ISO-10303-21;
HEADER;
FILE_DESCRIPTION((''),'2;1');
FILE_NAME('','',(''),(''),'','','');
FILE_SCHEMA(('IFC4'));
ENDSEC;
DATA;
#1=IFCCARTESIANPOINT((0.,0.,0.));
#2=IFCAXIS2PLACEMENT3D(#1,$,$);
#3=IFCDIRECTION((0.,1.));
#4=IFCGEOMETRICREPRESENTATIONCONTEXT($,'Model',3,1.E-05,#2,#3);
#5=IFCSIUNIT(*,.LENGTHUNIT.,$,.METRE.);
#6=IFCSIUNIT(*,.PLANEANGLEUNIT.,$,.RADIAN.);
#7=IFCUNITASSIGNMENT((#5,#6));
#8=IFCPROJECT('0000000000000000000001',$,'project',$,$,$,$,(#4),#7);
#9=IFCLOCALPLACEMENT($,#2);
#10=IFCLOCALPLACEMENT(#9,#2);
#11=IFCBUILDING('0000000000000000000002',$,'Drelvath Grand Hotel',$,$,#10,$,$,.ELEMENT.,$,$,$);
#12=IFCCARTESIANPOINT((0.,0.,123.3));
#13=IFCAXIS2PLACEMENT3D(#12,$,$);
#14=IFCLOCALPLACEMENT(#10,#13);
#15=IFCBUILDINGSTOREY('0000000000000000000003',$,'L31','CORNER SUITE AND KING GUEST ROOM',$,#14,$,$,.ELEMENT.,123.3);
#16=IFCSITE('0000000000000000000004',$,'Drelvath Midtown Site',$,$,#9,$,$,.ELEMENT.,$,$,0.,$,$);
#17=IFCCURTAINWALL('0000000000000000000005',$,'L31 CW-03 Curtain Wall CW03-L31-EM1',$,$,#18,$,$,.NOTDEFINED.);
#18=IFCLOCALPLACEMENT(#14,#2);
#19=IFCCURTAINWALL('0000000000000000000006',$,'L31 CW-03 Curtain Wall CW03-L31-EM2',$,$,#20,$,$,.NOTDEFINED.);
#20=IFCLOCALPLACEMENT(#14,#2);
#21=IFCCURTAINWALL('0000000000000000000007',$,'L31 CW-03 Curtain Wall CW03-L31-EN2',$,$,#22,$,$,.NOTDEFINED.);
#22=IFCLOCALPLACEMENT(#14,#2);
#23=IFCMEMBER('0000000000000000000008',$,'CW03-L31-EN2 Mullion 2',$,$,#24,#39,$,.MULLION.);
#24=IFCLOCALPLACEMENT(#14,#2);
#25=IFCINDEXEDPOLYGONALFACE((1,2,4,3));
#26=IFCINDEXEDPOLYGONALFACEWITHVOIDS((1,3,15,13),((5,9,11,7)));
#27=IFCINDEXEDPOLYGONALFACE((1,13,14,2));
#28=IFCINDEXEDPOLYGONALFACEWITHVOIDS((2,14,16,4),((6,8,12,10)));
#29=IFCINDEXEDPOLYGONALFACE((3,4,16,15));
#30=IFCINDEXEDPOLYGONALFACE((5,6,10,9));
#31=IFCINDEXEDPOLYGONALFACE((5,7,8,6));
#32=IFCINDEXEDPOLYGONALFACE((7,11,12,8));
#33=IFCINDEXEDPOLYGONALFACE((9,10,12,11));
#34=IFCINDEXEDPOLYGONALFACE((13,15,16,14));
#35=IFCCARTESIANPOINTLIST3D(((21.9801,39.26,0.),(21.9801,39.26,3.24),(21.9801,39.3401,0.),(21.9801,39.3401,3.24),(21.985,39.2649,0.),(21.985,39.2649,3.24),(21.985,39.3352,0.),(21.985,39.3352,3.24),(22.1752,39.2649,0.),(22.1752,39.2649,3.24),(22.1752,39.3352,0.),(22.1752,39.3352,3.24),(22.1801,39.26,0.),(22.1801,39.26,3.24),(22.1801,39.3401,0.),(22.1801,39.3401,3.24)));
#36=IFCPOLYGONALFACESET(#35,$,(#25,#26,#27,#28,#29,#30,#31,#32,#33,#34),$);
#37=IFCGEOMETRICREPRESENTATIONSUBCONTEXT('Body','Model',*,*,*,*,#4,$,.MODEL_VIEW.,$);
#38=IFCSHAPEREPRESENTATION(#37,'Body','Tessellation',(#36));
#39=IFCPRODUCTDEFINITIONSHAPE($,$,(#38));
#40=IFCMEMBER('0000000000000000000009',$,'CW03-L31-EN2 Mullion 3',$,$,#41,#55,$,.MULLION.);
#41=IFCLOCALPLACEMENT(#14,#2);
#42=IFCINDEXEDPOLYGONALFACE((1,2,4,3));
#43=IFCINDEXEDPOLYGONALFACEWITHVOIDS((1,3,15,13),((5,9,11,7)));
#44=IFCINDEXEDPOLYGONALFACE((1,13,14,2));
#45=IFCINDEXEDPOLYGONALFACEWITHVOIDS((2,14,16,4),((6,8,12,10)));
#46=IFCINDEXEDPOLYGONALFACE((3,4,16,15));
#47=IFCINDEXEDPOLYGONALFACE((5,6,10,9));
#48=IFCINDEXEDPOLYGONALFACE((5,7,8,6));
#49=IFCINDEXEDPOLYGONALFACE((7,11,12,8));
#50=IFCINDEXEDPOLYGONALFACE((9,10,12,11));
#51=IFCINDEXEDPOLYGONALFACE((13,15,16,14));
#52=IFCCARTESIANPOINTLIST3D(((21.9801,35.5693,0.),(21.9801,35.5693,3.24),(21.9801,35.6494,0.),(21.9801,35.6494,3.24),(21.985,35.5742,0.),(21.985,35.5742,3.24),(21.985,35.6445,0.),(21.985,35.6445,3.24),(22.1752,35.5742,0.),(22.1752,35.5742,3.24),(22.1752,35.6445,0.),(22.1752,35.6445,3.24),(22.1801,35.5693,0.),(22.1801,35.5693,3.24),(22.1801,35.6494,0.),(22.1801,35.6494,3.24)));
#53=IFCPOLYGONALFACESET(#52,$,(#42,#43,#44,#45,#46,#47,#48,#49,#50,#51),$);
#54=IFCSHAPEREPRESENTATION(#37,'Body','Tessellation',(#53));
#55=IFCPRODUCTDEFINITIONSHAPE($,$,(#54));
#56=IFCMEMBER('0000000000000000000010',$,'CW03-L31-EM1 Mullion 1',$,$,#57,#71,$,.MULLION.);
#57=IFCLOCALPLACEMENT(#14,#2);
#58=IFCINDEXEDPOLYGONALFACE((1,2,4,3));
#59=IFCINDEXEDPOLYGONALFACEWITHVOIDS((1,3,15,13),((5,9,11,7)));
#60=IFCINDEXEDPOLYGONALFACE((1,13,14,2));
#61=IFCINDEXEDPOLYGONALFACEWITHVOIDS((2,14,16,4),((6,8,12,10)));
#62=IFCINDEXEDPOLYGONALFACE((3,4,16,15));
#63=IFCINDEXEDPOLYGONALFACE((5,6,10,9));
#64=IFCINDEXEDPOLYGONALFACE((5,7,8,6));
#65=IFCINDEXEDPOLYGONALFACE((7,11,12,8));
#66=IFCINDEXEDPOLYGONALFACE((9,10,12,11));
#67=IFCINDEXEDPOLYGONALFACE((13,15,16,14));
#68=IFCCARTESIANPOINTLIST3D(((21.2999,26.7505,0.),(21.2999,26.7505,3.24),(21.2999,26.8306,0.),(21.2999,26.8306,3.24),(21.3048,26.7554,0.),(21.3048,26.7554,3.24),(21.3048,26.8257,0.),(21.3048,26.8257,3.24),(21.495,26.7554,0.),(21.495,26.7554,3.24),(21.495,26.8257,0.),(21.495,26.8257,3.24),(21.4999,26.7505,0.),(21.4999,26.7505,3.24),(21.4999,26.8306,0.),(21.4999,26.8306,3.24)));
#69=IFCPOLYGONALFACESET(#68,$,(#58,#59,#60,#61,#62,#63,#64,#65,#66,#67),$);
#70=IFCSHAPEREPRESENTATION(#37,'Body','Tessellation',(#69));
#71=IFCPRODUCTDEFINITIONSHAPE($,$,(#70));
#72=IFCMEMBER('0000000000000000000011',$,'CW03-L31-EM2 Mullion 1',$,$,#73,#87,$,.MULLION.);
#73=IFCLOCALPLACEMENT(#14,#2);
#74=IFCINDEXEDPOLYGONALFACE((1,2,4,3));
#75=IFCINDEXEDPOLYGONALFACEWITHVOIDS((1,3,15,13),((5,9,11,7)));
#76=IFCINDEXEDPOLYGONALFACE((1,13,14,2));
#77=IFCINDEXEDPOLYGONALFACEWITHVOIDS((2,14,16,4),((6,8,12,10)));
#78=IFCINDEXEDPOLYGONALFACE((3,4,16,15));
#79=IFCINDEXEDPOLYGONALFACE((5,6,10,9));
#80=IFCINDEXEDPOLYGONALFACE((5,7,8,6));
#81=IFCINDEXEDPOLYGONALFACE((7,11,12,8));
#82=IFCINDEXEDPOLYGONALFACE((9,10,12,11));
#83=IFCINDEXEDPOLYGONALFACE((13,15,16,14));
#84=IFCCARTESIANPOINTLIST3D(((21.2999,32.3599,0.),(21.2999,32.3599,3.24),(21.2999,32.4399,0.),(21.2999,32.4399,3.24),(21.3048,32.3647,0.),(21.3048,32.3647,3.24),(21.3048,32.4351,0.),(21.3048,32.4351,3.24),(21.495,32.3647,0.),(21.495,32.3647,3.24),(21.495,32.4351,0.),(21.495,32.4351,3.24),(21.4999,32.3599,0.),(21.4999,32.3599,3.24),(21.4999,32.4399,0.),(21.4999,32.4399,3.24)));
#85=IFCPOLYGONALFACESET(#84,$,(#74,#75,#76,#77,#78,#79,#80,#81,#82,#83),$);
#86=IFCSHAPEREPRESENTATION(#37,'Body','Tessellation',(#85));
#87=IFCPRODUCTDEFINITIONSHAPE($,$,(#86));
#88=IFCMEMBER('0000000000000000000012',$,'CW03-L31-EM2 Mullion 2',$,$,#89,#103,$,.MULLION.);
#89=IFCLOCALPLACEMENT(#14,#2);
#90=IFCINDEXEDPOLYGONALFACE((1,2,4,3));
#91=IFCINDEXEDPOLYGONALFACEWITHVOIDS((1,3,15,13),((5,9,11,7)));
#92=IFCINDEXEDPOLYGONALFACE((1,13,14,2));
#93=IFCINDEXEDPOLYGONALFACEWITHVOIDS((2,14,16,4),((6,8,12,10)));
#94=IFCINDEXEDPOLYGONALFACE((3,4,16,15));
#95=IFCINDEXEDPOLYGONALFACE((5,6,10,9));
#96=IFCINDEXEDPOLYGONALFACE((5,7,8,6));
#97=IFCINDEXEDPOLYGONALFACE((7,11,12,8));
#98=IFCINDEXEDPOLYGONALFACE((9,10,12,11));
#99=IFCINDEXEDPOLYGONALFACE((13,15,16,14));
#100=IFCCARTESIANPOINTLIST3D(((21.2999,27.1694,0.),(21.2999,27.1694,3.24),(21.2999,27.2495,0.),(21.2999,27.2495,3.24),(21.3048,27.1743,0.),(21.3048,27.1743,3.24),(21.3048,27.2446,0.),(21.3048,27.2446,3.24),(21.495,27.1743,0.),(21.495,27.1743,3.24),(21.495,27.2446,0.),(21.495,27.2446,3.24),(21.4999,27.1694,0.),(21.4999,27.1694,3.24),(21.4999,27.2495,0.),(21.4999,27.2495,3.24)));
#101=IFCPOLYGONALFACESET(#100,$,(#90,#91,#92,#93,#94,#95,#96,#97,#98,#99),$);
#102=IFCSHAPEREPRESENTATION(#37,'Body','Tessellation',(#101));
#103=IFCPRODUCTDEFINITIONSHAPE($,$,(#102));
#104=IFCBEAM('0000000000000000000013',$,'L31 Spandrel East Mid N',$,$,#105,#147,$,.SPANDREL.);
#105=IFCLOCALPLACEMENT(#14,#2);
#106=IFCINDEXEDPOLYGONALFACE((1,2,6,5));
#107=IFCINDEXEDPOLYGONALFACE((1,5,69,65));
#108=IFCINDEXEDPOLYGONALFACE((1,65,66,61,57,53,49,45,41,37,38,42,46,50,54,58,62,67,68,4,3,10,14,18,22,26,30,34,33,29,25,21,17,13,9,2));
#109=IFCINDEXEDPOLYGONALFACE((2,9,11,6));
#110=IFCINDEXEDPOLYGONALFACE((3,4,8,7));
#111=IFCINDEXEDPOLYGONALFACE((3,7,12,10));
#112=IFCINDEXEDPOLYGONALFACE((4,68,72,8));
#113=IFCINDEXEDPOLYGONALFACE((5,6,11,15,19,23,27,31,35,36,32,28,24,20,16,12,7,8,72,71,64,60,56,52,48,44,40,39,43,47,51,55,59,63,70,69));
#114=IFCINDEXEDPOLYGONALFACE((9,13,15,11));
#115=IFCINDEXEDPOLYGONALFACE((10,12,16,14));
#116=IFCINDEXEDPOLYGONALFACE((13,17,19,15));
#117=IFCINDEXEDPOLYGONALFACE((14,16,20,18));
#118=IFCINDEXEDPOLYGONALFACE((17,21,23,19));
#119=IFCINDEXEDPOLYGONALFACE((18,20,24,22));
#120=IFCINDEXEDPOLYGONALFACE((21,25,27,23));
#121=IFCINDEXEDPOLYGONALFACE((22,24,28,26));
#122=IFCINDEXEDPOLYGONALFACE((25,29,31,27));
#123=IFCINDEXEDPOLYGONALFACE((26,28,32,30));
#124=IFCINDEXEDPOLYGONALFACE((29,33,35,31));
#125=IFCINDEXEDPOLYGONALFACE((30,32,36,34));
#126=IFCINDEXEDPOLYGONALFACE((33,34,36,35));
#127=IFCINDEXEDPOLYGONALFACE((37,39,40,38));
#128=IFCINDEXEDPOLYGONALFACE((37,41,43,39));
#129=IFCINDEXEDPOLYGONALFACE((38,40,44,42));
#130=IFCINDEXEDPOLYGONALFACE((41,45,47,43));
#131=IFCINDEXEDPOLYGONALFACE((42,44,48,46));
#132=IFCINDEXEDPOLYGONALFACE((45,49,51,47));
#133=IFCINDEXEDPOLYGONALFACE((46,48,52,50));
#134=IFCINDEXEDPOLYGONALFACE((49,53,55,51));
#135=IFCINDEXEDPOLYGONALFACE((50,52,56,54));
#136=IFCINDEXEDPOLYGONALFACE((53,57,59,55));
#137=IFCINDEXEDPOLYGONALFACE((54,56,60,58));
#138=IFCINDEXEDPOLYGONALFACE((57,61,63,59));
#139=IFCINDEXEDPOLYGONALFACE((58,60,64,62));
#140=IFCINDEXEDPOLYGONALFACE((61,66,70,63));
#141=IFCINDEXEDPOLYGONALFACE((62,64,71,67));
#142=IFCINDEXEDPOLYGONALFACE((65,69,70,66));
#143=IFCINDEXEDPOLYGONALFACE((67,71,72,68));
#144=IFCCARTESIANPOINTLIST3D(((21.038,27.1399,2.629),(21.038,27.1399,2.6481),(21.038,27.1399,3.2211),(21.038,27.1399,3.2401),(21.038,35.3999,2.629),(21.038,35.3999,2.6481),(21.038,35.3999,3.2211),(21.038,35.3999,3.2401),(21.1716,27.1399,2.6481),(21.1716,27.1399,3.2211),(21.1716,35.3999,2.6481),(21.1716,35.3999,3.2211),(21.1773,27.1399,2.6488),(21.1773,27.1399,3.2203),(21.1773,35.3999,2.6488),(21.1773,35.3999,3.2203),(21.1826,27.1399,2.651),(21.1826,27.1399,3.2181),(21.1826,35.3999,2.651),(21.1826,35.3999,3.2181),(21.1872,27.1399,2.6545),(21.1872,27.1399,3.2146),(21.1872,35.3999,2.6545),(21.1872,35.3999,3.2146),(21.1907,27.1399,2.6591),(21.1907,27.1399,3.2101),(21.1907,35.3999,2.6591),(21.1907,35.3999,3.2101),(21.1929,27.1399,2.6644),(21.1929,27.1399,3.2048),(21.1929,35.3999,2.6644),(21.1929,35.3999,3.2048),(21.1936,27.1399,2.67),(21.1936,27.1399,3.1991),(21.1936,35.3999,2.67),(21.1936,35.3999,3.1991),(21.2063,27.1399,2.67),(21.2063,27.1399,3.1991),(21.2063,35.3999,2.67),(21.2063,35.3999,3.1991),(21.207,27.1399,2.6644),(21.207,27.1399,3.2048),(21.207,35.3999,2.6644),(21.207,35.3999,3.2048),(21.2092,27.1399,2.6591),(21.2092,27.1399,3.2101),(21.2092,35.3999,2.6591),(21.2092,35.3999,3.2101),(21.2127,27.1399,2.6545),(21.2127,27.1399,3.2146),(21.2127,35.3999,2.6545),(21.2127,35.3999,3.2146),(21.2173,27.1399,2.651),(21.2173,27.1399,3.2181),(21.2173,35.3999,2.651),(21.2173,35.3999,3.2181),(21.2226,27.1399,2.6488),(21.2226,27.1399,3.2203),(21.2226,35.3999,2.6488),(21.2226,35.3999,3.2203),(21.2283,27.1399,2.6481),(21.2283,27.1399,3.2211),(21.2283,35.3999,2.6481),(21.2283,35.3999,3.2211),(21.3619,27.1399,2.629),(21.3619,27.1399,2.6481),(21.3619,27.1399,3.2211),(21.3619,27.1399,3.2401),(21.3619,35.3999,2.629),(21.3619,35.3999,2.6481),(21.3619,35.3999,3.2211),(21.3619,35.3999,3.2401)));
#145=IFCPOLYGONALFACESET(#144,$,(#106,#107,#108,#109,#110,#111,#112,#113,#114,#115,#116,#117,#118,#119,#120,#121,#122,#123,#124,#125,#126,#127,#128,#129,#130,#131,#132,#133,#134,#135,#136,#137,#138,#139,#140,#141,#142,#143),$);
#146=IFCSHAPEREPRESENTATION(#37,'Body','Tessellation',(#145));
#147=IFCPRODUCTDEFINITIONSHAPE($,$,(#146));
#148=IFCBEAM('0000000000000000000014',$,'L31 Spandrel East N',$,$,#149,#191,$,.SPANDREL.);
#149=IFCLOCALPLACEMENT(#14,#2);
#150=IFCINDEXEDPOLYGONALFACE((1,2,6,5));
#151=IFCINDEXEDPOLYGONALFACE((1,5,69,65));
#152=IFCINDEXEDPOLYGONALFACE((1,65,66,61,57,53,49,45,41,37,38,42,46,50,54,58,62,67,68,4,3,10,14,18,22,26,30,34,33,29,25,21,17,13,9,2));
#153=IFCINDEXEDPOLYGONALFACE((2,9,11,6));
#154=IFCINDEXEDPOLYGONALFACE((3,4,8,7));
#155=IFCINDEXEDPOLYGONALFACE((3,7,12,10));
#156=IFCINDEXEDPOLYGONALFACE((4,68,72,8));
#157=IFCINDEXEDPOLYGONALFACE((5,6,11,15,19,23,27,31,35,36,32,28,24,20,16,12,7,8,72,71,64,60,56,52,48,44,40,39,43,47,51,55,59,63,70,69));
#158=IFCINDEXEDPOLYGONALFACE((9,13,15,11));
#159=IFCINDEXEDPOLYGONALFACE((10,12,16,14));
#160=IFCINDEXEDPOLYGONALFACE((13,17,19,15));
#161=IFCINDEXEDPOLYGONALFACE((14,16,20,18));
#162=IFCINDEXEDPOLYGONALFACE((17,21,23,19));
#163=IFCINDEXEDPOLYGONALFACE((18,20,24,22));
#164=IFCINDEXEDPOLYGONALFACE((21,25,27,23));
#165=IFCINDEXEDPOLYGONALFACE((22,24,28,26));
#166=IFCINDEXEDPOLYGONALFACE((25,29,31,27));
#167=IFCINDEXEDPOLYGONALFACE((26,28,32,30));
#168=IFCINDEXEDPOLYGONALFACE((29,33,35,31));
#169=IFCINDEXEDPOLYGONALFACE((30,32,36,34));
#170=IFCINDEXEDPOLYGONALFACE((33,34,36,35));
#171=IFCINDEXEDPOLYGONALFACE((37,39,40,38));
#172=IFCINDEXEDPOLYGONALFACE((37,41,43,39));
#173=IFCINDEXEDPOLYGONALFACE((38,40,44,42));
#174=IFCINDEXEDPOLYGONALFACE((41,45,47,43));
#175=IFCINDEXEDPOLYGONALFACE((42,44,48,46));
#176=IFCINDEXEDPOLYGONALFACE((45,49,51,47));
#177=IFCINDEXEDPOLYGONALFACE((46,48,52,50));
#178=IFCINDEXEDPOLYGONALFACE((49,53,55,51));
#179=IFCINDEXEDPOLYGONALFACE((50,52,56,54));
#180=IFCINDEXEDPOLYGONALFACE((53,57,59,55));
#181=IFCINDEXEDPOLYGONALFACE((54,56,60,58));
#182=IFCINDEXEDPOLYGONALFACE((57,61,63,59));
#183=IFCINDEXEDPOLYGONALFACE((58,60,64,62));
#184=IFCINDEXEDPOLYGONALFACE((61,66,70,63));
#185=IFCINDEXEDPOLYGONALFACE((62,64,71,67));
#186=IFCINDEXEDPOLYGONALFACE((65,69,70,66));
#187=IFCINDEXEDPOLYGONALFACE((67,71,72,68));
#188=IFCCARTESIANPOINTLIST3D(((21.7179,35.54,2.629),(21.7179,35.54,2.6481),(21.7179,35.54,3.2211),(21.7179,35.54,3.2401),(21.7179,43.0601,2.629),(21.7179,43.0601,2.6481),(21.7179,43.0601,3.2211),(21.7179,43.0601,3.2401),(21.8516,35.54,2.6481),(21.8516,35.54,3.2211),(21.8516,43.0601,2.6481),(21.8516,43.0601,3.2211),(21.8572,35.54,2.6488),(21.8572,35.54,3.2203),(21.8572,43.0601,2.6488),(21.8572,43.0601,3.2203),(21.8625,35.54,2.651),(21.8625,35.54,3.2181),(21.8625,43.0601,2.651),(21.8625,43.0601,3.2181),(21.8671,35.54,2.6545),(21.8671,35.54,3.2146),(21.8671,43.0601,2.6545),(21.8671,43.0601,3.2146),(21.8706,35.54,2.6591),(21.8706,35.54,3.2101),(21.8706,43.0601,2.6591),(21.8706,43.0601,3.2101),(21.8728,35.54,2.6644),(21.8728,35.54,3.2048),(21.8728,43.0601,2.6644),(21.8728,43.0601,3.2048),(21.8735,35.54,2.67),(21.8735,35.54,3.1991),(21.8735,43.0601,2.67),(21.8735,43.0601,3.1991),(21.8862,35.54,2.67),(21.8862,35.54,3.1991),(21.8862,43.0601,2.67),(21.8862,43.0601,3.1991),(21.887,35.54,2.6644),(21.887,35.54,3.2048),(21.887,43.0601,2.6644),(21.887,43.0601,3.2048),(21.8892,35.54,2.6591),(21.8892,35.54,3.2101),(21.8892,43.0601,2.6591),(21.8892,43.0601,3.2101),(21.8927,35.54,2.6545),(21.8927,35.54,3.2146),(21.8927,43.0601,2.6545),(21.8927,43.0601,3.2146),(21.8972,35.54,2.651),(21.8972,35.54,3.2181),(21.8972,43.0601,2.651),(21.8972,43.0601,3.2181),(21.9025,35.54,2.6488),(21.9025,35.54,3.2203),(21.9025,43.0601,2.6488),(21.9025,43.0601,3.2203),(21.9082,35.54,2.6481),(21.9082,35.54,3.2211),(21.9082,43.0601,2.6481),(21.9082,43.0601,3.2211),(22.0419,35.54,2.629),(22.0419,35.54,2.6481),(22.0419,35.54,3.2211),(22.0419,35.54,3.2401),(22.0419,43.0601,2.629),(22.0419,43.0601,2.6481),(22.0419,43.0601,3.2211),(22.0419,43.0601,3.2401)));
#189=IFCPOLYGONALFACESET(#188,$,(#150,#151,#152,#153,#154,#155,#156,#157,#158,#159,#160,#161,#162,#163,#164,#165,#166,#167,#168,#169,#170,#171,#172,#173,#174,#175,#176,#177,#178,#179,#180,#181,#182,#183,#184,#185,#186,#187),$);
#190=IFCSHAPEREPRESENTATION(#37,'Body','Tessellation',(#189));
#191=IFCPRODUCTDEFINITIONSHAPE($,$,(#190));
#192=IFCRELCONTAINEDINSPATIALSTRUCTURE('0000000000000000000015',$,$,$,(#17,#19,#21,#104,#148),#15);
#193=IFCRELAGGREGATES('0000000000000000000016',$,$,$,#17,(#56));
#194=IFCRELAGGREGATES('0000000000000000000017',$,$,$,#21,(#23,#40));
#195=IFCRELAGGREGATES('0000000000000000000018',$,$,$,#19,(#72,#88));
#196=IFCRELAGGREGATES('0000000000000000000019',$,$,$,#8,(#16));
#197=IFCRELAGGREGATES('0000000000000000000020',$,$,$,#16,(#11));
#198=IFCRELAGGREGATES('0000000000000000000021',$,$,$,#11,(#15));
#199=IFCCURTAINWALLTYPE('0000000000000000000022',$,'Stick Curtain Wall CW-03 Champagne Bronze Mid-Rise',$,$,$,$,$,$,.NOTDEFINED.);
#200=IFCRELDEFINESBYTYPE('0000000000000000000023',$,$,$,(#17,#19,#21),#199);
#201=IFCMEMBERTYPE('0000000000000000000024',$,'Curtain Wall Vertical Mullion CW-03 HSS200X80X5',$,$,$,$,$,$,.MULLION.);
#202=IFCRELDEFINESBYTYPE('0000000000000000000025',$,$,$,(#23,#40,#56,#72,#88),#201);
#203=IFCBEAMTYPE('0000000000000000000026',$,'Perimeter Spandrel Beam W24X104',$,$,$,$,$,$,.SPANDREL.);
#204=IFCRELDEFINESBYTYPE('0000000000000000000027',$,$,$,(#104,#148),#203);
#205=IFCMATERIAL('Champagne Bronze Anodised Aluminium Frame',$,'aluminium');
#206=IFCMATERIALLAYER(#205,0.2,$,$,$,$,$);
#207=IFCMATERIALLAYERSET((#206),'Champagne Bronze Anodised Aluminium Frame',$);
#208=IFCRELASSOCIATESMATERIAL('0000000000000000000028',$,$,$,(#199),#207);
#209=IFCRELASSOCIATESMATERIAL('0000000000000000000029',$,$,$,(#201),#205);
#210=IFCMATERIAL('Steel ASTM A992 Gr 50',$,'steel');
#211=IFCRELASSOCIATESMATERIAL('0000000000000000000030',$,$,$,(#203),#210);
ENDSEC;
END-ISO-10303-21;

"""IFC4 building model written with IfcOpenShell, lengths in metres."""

from ifc_helpers import new_model, si_unit, direction, frame, origin, origin_2d, place, context, subcontext, project, spatial, hollow_rectangle, i_section, extrude, material, layer, layer_set, material_profile, profile_set, type_object, element, aggregate, save


model = new_model("IFC4")

# Units and contexts
model_context = context("Model", 3, precision=1e-05, world=origin(), true_north=direction((0.0, 1.0)))
body_context = subcontext(model_context, "Body", "Model", "MODEL_VIEW")
ifc_project = project(units=[si_unit("LENGTHUNIT", "METRE"), si_unit("PLANEANGLEUNIT", "RADIAN")], contexts=[model_context])

# Site, building, storey
site_placement = place(None, origin())
site = spatial("IfcSite", under=ifc_project, at=site_placement, Name="Drelvath Midtown Site", CompositionType="ELEMENT", RefElevation=0.0)
building_placement = place(site_placement, origin())
building = spatial("IfcBuilding", under=site, at=building_placement, Name="Drelvath Grand Hotel", CompositionType="ELEMENT")
storey_placement = place(building_placement, frame((0.0, 0.0, 123.3)))
storey = spatial("IfcBuildingStorey", under=building, at=storey_placement, Name="L31", Description="CORNER SUITE AND KING GUEST ROOM", CompositionType="ELEMENT", Elevation=123.3)

# Curtain walls
ifc_material_1 = material(Name="Champagne Bronze Anodised Aluminium Frame", Category="aluminium")
ifc_layer_1 = layer(ifc_material_1, 0.2)
ifc_layer_set_1 = layer_set([ifc_layer_1], Name="Champagne Bronze Anodised Aluminium Frame")
curtain_wall_type = type_object("IfcCurtainWallType", Name="Stick Curtain Wall CW-03 Champagne Bronze Mid-Rise", PredefinedType="NOTDEFINED", material=ifc_layer_set_1)
curtain_wall_1_placement = place(storey_placement, origin())
curtain_wall_1 = element("IfcCurtainWall", 1, at=curtain_wall_1_placement, inside=storey, type_object=curtain_wall_type, Name="L31 CW-03 Curtain Wall CW03-L31-EM1", PredefinedType="NOTDEFINED")
curtain_wall_2_placement = place(storey_placement, origin())
curtain_wall_2 = element("IfcCurtainWall", 2, at=curtain_wall_2_placement, inside=storey, type_object=curtain_wall_type, Name="L31 CW-03 Curtain Wall CW03-L31-EM2", PredefinedType="NOTDEFINED")

# Shared definitions
ifc_material_profile_1 = material_profile(ifc_material_1, hollow_rectangle(XDim=0.0801, YDim=0.2, WallThickness=0.0049, at=origin_2d()), Name="HSS200X80X5")
ifc_profile_set_1 = profile_set([ifc_material_profile_1], Name="Champagne Bronze Anodised Aluminium Frame")
member_type_1 = type_object("IfcMemberType", Name="Curtain Wall Vertical Mullion CW-03 HSS200X80X5", PredefinedType="MULLION", material=ifc_profile_set_1)

# Curtain wall, members
curtain_wall_3_placement = place(storey_placement, origin())
curtain_wall_3 = element("IfcCurtainWall", 3, at=curtain_wall_3_placement, inside=storey, type_object=curtain_wall_type, Name="L31 CW-03 Curtain Wall CW03-L31-EN2", PredefinedType="NOTDEFINED")
member_1_placement = place(storey_placement, frame((22.0801, 39.3, 0.0), z_axis=(0.0, 0.0, 1.0), x_axis=(0.0, 1.0, 0.0)))
member_1 = element("IfcMember", 4, at=member_1_placement, type_object=member_type_1, Name="CW03-L31-EN2 Mullion 2", PredefinedType="MULLION", context=body_context, shape_type="SweptSolid", body=[
    extrude(hollow_rectangle(XDim=0.0801, YDim=0.2, WallThickness=0.0049, at=origin_2d()), origin(), (0.0, 0.0, 1.0), 3.24),
])
member_2_placement = place(storey_placement, frame((22.0801, 35.6094, 0.0), z_axis=(0.0, 0.0, 1.0), x_axis=(0.0, 1.0, 0.0)))
member_2 = element("IfcMember", 5, at=member_2_placement, type_object=member_type_1, Name="CW03-L31-EN2 Mullion 3", PredefinedType="MULLION", context=body_context, shape_type="SweptSolid", body=[
    extrude(hollow_rectangle(XDim=0.0801, YDim=0.2, WallThickness=0.0049, at=origin_2d()), origin(), (0.0, 0.0, 1.0), 3.24),
])

# Members
member_3_placement = place(storey_placement, frame((21.3999, 26.7905, 0.0), z_axis=(0.0, 0.0, 1.0), x_axis=(0.0, 1.0, 0.0)))
member_3 = element("IfcMember", 6, at=member_3_placement, type_object=member_type_1, Name="CW03-L31-EM1 Mullion 1", PredefinedType="MULLION", context=body_context, shape_type="SweptSolid", body=[
    extrude(hollow_rectangle(XDim=0.0801, YDim=0.2, WallThickness=0.0049, at=origin_2d()), origin(), (0.0, 0.0, 1.0), 3.24),
])
aggregate(curtain_wall_1, [member_3])
member_4_placement = place(storey_placement, frame((21.3999, 32.3999, 0.0), z_axis=(0.0, 0.0, 1.0), x_axis=(0.0, 1.0, 0.0)))
member_4 = element("IfcMember", 7, at=member_4_placement, type_object=member_type_1, Name="CW03-L31-EM2 Mullion 1", PredefinedType="MULLION", context=body_context, shape_type="SweptSolid", body=[
    extrude(hollow_rectangle(XDim=0.0801, YDim=0.2, WallThickness=0.0049, at=origin_2d()), origin(), (0.0, 0.0, 1.0), 3.24),
])
member_5_placement = place(storey_placement, frame((21.3999, 27.2095, 0.0), z_axis=(0.0, 0.0, 1.0), x_axis=(0.0, 1.0, 0.0)))
member_5 = element("IfcMember", 8, at=member_5_placement, type_object=member_type_1, Name="CW03-L31-EM2 Mullion 2", PredefinedType="MULLION", context=body_context, shape_type="SweptSolid", body=[
    extrude(hollow_rectangle(XDim=0.0801, YDim=0.2, WallThickness=0.0049, at=origin_2d()), origin(), (0.0, 0.0, 1.0), 3.24),
])

# Beams
ifc_material_2 = material(Name="Steel ASTM A992 Gr 50", Category="steel")
ifc_material_profile_2 = material_profile(ifc_material_2, i_section(OverallWidth=0.324, OverallDepth=0.6111, WebThickness=0.0127, FlangeThickness=0.019, FilletRadius=0.022, at=origin_2d()), Name="W24X104")
ifc_profile_set_2 = profile_set([ifc_material_profile_2], Name="Steel ASTM A992 Gr 50")
beam_type_1 = type_object("IfcBeamType", Name="Perimeter Spandrel Beam W24X104", PredefinedType="SPANDREL", material=ifc_profile_set_2)
beam_1_placement = place(storey_placement, frame((21.2, 27.1399, 2.9346), z_axis=(0.0, 1.0, 0.0), x_axis=(-1.0, 0.0, 0.0)))
element("IfcBeam", 9, at=beam_1_placement, inside=storey, type_object=beam_type_1, Name="L31 Spandrel East Mid N", PredefinedType="SPANDREL", context=body_context, shape_type="SweptSolid", body=[
    extrude(i_section(OverallWidth=0.324, OverallDepth=0.6111, WebThickness=0.0127, FlangeThickness=0.019, FilletRadius=0.022, at=origin_2d()), origin(), (0.0, 0.0, 1.0), 8.26),
])
beam_2_placement = place(storey_placement, frame((21.8799, 35.54, 2.9346), z_axis=(0.0, 1.0, 0.0), x_axis=(-1.0, 0.0, 0.0)))
element("IfcBeam", 10, at=beam_2_placement, inside=storey, type_object=beam_type_1, Name="L31 Spandrel East N", PredefinedType="SPANDREL", context=body_context, shape_type="SweptSolid", body=[
    extrude(i_section(OverallWidth=0.324, OverallDepth=0.6111, WebThickness=0.0127, FlangeThickness=0.019, FilletRadius=0.022, at=origin_2d()), origin(), (0.0, 0.0, 1.0), 7.52),
])

aggregate(curtain_wall_3, [member_1, member_2])
aggregate(curtain_wall_2, [member_4, member_5])

save(model, "model.ifc")
